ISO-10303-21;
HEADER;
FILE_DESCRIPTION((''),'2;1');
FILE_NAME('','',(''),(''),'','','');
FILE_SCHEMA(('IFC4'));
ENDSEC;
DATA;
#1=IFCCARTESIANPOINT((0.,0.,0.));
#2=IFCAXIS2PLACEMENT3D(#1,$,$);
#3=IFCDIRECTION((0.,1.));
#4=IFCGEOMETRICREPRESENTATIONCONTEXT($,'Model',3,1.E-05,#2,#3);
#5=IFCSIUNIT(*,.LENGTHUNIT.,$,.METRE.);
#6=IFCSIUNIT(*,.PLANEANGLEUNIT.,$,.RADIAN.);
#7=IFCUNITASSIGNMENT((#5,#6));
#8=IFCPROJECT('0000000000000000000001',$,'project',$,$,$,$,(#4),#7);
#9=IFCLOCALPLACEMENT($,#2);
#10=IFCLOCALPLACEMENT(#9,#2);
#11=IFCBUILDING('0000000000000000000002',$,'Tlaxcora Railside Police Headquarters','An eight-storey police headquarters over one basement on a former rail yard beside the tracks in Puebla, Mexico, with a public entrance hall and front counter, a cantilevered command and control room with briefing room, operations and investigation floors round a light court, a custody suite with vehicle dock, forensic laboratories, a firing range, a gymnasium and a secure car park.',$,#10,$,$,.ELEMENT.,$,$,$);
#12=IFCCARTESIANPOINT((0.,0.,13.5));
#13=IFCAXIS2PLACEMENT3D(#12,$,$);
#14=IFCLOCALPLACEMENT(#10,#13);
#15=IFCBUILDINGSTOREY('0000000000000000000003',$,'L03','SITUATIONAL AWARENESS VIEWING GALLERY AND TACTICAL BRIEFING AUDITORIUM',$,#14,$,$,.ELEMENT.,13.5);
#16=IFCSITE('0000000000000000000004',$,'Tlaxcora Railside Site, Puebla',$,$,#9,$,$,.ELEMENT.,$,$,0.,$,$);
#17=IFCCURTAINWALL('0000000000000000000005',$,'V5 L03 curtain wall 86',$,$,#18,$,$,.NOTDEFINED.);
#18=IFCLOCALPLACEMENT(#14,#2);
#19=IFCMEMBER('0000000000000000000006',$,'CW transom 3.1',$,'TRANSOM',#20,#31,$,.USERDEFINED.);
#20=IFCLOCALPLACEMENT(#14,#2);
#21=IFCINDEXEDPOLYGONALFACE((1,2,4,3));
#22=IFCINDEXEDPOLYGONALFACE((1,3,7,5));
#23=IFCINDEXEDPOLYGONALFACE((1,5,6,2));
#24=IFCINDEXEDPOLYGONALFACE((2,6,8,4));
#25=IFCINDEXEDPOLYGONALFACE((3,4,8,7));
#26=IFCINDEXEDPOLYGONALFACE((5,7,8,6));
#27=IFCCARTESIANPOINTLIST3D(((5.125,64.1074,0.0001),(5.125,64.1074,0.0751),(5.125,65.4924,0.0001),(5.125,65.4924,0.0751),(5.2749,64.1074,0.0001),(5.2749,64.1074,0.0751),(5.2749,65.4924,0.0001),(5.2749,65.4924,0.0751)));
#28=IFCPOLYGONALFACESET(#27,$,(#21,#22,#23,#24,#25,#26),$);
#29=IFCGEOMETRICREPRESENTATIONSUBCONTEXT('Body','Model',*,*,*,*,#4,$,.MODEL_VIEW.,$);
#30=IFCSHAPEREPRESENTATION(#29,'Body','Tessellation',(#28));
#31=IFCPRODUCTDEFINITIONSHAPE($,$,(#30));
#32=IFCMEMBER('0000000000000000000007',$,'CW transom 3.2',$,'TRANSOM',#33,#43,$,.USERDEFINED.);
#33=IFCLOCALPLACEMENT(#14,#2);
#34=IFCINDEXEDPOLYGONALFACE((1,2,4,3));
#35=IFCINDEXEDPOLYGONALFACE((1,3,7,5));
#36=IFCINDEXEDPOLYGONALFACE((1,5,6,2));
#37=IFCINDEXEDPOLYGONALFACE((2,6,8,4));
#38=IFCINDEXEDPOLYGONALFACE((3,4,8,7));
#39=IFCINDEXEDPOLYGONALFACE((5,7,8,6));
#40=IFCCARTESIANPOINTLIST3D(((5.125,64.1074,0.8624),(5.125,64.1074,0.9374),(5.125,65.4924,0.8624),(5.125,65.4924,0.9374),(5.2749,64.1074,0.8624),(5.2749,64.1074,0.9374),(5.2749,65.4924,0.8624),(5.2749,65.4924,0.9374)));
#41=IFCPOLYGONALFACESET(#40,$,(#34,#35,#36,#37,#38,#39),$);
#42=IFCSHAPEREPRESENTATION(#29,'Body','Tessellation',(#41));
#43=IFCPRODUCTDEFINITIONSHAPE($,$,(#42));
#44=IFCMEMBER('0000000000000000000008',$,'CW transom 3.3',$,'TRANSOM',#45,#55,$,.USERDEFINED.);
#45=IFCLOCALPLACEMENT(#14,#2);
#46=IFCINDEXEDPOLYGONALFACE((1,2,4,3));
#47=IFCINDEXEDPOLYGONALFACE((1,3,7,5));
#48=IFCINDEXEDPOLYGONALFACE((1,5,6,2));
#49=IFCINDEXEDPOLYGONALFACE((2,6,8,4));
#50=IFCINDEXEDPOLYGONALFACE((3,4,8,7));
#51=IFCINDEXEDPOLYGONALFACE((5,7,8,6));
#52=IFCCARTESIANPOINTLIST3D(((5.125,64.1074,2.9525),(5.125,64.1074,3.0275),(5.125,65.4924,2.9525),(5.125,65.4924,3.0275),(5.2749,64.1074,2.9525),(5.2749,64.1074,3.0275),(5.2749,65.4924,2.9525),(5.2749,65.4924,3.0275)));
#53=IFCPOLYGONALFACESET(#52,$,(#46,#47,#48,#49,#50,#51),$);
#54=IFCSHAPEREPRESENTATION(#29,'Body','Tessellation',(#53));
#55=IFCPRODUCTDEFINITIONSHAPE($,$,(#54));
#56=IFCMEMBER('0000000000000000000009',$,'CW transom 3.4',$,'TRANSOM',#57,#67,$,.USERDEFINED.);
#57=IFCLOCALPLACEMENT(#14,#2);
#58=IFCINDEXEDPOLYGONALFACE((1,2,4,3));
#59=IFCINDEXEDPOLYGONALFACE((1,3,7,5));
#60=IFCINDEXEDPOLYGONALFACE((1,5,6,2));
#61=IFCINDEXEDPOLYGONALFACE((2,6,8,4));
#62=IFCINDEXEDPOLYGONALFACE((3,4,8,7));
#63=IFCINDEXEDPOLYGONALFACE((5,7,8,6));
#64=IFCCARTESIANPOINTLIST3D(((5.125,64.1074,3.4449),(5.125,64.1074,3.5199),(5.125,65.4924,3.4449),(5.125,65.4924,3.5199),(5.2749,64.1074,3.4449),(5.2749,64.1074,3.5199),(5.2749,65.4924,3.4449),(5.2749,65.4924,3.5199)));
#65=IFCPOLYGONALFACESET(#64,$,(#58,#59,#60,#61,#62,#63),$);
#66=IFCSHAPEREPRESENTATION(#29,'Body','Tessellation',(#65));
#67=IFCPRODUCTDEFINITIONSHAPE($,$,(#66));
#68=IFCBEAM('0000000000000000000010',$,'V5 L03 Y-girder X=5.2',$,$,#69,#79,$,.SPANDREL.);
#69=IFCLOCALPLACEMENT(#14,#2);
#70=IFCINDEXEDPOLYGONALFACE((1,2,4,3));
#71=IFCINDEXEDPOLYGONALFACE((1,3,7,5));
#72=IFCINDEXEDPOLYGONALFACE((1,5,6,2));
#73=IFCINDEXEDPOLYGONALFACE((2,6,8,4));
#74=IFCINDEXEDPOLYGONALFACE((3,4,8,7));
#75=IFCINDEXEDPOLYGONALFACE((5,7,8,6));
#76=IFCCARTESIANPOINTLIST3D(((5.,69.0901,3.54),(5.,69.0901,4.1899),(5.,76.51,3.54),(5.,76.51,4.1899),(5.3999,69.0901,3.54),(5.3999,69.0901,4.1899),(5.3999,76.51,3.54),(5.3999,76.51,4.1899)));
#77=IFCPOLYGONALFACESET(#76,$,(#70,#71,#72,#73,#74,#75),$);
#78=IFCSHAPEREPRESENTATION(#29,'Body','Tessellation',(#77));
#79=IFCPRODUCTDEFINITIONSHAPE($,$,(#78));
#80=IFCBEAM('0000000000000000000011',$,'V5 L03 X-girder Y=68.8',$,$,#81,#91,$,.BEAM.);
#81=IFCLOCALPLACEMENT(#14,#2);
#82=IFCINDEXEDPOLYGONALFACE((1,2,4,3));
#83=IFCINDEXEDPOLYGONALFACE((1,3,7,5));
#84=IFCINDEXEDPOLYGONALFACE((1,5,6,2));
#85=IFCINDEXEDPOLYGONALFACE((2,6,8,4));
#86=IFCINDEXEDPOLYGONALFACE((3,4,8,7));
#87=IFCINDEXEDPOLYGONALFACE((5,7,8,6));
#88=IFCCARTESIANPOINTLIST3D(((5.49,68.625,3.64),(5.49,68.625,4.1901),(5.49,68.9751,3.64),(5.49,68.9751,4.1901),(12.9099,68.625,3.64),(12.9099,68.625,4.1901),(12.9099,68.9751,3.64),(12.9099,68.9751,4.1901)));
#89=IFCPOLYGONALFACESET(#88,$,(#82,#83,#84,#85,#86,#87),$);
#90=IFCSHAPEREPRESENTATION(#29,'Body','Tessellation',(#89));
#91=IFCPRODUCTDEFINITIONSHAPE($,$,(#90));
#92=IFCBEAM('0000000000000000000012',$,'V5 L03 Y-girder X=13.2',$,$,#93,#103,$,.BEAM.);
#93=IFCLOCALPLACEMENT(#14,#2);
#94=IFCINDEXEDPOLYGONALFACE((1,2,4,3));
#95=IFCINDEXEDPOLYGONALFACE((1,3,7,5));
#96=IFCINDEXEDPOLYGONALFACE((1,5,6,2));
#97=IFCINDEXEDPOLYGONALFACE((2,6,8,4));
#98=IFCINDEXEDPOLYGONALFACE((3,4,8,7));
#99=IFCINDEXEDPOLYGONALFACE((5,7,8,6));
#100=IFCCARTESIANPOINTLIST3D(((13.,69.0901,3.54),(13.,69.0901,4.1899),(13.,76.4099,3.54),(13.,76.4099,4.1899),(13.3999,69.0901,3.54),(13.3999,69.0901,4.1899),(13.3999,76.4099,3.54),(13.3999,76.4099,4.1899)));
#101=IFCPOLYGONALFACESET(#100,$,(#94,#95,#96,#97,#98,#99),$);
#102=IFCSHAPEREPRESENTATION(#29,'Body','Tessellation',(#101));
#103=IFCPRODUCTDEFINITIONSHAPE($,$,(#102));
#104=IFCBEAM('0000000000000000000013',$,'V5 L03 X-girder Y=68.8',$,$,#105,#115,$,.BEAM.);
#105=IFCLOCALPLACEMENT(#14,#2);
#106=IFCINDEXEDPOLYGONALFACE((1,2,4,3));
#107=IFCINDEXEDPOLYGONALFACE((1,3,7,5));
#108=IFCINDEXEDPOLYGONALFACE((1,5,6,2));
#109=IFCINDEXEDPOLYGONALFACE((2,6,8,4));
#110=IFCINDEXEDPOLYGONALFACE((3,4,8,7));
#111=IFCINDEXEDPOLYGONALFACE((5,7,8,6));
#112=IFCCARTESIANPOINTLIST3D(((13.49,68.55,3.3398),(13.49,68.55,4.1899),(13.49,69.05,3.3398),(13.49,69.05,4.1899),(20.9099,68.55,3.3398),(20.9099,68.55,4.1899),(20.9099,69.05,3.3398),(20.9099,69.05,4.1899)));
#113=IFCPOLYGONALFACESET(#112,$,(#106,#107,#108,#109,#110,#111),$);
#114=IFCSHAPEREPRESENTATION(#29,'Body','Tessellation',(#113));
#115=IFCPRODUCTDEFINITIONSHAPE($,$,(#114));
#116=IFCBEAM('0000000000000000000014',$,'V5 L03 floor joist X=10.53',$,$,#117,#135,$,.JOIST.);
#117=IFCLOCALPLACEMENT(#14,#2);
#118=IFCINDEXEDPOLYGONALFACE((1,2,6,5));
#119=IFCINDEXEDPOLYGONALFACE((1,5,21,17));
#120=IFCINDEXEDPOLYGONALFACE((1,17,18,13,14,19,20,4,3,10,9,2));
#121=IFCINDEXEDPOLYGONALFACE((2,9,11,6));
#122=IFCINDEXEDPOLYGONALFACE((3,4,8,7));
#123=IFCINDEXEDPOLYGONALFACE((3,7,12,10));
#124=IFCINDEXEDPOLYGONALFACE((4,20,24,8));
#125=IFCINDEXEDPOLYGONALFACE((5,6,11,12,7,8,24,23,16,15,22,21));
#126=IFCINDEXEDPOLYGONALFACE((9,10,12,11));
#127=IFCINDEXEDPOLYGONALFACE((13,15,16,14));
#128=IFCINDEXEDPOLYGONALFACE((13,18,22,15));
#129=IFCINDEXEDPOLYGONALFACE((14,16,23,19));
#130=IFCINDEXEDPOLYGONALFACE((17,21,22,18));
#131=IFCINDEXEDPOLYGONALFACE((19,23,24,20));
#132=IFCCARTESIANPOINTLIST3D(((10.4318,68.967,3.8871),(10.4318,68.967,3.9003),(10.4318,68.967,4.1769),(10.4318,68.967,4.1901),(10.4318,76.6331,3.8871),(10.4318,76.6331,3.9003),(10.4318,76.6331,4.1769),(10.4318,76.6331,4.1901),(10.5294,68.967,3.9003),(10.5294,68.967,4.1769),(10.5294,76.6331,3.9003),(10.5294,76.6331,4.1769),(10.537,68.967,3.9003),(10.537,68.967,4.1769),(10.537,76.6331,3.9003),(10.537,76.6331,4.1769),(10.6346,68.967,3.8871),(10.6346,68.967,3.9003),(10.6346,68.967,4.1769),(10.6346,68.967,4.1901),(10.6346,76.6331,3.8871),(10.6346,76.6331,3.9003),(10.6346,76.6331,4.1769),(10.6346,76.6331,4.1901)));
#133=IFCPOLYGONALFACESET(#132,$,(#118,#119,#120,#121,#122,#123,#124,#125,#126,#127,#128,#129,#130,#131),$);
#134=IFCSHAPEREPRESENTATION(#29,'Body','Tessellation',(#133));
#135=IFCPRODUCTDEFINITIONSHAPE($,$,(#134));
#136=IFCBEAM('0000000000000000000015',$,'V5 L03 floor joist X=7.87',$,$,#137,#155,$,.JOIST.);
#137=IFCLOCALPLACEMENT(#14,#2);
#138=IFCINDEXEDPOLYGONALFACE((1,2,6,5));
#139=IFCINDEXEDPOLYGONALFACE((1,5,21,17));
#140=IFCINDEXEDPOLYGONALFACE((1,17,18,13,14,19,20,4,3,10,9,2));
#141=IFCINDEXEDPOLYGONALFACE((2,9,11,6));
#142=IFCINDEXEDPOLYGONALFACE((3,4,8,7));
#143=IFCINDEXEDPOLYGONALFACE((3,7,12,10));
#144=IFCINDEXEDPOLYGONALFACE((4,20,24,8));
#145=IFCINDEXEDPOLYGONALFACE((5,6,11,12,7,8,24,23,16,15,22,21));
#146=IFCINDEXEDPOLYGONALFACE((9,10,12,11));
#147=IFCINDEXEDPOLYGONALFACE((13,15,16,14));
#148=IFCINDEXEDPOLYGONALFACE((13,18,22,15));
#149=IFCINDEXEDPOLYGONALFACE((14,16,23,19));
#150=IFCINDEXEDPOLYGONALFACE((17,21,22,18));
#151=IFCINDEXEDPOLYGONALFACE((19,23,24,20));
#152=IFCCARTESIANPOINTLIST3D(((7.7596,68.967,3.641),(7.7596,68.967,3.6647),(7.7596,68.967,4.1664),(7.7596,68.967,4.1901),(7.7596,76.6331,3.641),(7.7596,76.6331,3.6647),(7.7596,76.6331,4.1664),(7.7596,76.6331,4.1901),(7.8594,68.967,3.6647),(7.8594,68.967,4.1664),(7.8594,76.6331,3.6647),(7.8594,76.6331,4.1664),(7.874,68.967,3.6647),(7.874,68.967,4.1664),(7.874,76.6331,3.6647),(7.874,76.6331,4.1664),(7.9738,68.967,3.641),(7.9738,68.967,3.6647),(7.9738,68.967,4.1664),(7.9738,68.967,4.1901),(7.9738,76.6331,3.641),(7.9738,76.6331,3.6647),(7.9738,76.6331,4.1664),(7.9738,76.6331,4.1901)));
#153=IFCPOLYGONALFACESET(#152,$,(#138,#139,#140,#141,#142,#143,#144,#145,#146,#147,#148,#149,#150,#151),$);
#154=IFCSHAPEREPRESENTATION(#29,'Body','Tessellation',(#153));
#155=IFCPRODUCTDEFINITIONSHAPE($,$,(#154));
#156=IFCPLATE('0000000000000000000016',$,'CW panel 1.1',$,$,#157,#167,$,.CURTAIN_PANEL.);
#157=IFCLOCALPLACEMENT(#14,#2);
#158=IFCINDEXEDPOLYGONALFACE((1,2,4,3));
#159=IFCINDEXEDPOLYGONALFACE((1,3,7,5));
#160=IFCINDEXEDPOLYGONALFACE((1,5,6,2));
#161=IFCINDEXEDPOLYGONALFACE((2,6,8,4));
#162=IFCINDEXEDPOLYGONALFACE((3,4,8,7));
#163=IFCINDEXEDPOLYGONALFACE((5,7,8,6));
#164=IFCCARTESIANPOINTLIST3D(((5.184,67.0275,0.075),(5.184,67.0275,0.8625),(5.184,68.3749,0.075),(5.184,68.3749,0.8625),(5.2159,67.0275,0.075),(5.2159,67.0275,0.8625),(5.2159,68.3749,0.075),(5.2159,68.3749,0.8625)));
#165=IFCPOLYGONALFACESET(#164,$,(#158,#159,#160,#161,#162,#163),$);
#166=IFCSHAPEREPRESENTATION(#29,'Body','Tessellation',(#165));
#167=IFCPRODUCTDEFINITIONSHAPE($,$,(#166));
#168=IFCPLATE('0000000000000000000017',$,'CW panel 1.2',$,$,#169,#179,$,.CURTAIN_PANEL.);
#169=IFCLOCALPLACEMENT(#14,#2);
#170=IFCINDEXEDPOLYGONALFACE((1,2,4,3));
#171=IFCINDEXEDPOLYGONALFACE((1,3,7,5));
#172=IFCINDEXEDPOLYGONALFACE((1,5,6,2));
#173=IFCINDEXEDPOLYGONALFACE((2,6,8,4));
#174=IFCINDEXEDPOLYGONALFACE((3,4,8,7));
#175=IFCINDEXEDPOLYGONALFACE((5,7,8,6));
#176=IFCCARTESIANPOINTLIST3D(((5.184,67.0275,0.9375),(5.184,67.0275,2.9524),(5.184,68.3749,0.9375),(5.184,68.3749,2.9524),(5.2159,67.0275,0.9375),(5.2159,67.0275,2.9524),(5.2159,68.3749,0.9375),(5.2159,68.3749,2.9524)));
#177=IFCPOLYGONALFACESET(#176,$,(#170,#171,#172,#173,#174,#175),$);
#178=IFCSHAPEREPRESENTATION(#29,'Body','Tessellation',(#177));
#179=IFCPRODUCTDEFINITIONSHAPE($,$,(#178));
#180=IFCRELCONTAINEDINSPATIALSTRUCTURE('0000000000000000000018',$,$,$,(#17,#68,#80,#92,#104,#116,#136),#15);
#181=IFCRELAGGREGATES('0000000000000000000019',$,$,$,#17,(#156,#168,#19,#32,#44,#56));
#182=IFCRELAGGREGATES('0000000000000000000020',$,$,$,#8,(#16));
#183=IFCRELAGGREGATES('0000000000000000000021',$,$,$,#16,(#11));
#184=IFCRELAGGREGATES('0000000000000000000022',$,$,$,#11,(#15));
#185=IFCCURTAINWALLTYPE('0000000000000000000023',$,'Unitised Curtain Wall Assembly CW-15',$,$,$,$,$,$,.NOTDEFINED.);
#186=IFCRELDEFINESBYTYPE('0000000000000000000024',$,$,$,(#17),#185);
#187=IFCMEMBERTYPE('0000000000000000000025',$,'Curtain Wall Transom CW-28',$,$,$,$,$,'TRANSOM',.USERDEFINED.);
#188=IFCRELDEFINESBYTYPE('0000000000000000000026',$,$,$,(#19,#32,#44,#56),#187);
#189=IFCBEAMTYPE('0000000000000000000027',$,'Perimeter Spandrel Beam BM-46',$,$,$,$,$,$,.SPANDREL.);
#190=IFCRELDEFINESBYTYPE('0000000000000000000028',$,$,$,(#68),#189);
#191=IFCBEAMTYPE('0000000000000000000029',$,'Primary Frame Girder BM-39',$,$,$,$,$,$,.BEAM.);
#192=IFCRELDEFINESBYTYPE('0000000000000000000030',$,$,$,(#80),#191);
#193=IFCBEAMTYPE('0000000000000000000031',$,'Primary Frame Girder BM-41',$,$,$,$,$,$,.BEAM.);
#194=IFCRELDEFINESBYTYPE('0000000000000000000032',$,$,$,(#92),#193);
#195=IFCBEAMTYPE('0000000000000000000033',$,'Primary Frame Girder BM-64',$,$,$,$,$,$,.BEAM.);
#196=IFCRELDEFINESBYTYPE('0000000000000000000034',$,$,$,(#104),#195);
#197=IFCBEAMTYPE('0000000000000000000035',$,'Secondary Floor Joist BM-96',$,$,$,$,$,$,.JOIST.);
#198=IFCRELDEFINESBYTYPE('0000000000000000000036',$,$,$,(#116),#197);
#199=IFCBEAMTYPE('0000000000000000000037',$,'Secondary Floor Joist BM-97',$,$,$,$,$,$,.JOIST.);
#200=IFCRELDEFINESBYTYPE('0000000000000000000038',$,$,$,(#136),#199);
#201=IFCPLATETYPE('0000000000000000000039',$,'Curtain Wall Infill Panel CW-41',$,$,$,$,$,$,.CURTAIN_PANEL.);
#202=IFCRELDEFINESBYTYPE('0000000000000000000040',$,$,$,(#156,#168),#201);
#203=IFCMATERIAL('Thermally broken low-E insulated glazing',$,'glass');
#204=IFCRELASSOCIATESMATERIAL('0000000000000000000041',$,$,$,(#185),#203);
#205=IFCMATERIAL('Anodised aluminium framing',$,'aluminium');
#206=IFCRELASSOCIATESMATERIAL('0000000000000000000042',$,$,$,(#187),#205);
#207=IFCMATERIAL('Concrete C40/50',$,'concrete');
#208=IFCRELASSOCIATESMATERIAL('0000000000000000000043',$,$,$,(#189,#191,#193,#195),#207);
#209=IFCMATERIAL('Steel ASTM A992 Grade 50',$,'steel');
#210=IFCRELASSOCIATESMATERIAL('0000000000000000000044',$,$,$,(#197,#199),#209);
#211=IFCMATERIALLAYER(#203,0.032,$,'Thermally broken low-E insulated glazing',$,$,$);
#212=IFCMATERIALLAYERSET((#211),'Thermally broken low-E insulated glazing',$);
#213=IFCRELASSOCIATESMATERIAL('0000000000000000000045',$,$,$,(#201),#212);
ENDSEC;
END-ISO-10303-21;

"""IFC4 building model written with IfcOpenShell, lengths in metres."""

from ifc_helpers import new_model, si_unit, direction, frame, origin, origin_2d, place, context, subcontext, project, spatial, rectangle, i_section, extrude, material, layer, layer_set, material_profile, profile_set, type_object, element, aggregate, save


model = new_model("IFC4")

# Units and contexts
model_context = context("Model", 3, precision=1e-05, world=origin(), true_north=direction((0.0, 1.0)))
body_context = subcontext(model_context, "Body", "Model", "MODEL_VIEW")
ifc_project = project(units=[si_unit("LENGTHUNIT", "METRE"), si_unit("PLANEANGLEUNIT", "RADIAN")], contexts=[model_context])

# Site, building, storey
site_placement = place(None, origin())
site = spatial("IfcSite", under=ifc_project, at=site_placement, Name="Tlaxcora Railside Site, Puebla", CompositionType="ELEMENT", RefElevation=0.0)
building_placement = place(site_placement, origin())
building = spatial("IfcBuilding", under=site, at=building_placement, Name="Tlaxcora Railside Police Headquarters", Description="An eight-storey police headquarters over one basement on a former rail yard beside the tracks in Puebla, Mexico, with a public entrance hall and front counter, a cantilevered command and control room with briefing room, operations and investigation floors round a light court, a custody suite with vehicle dock, forensic laboratories, a firing range, a gymnasium and a secure car park.", CompositionType="ELEMENT")
storey_placement = place(building_placement, frame((0.0, 0.0, 13.5)))
storey = spatial("IfcBuildingStorey", under=building, at=storey_placement, Name="L03", Description="SITUATIONAL AWARENESS VIEWING GALLERY AND TACTICAL BRIEFING AUDITORIUM", CompositionType="ELEMENT", Elevation=13.5)

# Shared definitions
ifc_material_1 = material(Name="Concrete C40/50", Category="concrete")

# Shared definitions
ifc_material_2 = material(Name="Thermally broken low-E insulated glazing", Category="glass")
ifc_material_3 = material(Name="Anodised aluminium framing", Category="aluminium")

# Curtain wall, members
curtain_wall_type_1 = type_object("IfcCurtainWallType", Name="Unitised Curtain Wall Assembly CW-15", PredefinedType="NOTDEFINED", material=ifc_material_2)
curtain_wall_1_placement = place(storey_placement, origin())
curtain_wall_1 = element("IfcCurtainWall", 1, at=curtain_wall_1_placement, inside=storey, type_object=curtain_wall_type_1, Name="V5 L03 curtain wall 86", PredefinedType="NOTDEFINED")
ifc_material_profile_1 = material_profile(ifc_material_3, rectangle(XDim=0.1499, YDim=0.075, at=origin_2d()), Name="AL75X150")
ifc_profile_set_1 = profile_set([ifc_material_profile_1], Name="Anodised aluminium framing")
member_type_1 = type_object("IfcMemberType", Name="Curtain Wall Transom CW-28", ElementType="TRANSOM", PredefinedType="USERDEFINED", material=ifc_profile_set_1)
member_1_placement = place(storey_placement, frame((5.2, 65.4924, 0.0376), z_axis=(0.0, -1.0, 0.0), x_axis=(1.0, 0.0, 0.0)))
member_1 = element("IfcMember", 2, at=member_1_placement, type_object=member_type_1, Name="CW transom 3.1", ObjectType="TRANSOM", PredefinedType="USERDEFINED", context=body_context, shape_type="SweptSolid", body=[
    extrude(rectangle(XDim=0.1499, YDim=0.075, at=origin_2d()), origin(), (0.0, 0.0, 1.0), 1.385),
])
member_2_placement = place(storey_placement, frame((5.2, 65.4924, 0.8999), z_axis=(0.0, -1.0, 0.0), x_axis=(1.0, 0.0, 0.0)))
member_2 = element("IfcMember", 3, at=member_2_placement, type_object=member_type_1, Name="CW transom 3.2", ObjectType="TRANSOM", PredefinedType="USERDEFINED", context=body_context, shape_type="SweptSolid", body=[
    extrude(rectangle(XDim=0.1499, YDim=0.075, at=origin_2d()), origin(), (0.0, 0.0, 1.0), 1.385),
])
member_3_placement = place(storey_placement, frame((5.2, 65.4924, 2.99), z_axis=(0.0, -1.0, 0.0), x_axis=(1.0, 0.0, 0.0)))
member_3 = element("IfcMember", 4, at=member_3_placement, type_object=member_type_1, Name="CW transom 3.3", ObjectType="TRANSOM", PredefinedType="USERDEFINED", context=body_context, shape_type="SweptSolid", body=[
    extrude(rectangle(XDim=0.1499, YDim=0.075, at=origin_2d()), origin(), (0.0, 0.0, 1.0), 1.385),
])
member_4_placement = place(storey_placement, frame((5.2, 65.4924, 3.4824), z_axis=(0.0, -1.0, 0.0), x_axis=(1.0, 0.0, 0.0)))
member_4 = element("IfcMember", 5, at=member_4_placement, type_object=member_type_1, Name="CW transom 3.4", ObjectType="TRANSOM", PredefinedType="USERDEFINED", context=body_context, shape_type="SweptSolid", body=[
    extrude(rectangle(XDim=0.1499, YDim=0.075, at=origin_2d()), origin(), (0.0, 0.0, 1.0), 1.385),
])

# Beams
ifc_material_profile_2 = material_profile(ifc_material_1, rectangle(XDim=0.3999, YDim=0.6499, at=origin_2d()), Name="RC400X650")
ifc_profile_set_2 = profile_set([ifc_material_profile_2], Name="Concrete C40/50")
beam_type_1 = type_object("IfcBeamType", Name="Perimeter Spandrel Beam BM-46", PredefinedType="SPANDREL", material=ifc_profile_set_2)
beam_1_placement = place(storey_placement, frame((5.2, 69.0901, 3.865), z_axis=(0.0, 1.0, 0.0), x_axis=(-1.0, 0.0, 0.0)))
element("IfcBeam", 6, at=beam_1_placement, inside=storey, type_object=beam_type_1, Name="V5 L03 Y-girder X=5.2", PredefinedType="SPANDREL", context=body_context, shape_type="SweptSolid", body=[
    extrude(rectangle(XDim=0.3999, YDim=0.6499, at=origin_2d()), origin(), (0.0, 0.0, 1.0), 7.4199),
])
ifc_material_profile_3 = material_profile(ifc_material_1, rectangle(XDim=0.3501, YDim=0.55, at=origin_2d()), Name="RC350X550")
ifc_profile_set_3 = profile_set([ifc_material_profile_3], Name="Concrete C40/50")
beam_type_2 = type_object("IfcBeamType", Name="Primary Frame Girder BM-39", PredefinedType="BEAM", material=ifc_profile_set_3)
beam_2_placement = place(storey_placement, frame((5.49, 68.8, 3.915), z_axis=(1.0, 0.0, 0.0), x_axis=(0.0, 1.0, 0.0)))
element("IfcBeam", 7, at=beam_2_placement, inside=storey, type_object=beam_type_2, Name="V5 L03 X-girder Y=68.8", PredefinedType="BEAM", context=body_context, shape_type="SweptSolid", body=[
    extrude(rectangle(XDim=0.3501, YDim=0.55, at=origin_2d()), origin(), (0.0, 0.0, 1.0), 7.4199),
])
ifc_material_profile_4 = material_profile(ifc_material_1, rectangle(XDim=0.3999, YDim=0.6499, at=origin_2d()), Name="RC400X650")
ifc_profile_set_4 = profile_set([ifc_material_profile_4], Name="Concrete C40/50")
beam_type_3 = type_object("IfcBeamType", Name="Primary Frame Girder BM-41", PredefinedType="BEAM", material=ifc_profile_set_4)
beam_3_placement = place(storey_placement, frame((13.2, 69.0901, 3.865), z_axis=(0.0, 1.0, 0.0), x_axis=(-1.0, 0.0, 0.0)))
element("IfcBeam", 8, at=beam_3_placement, inside=storey, type_object=beam_type_3, Name="V5 L03 Y-girder X=13.2", PredefinedType="BEAM", context=body_context, shape_type="SweptSolid", body=[
    extrude(rectangle(XDim=0.3999, YDim=0.6499, at=origin_2d()), origin(), (0.0, 0.0, 1.0), 7.3198),
])
ifc_material_profile_5 = material_profile(ifc_material_1, rectangle(XDim=0.5, YDim=0.8501, at=origin_2d()), Name="RC500X850")
ifc_profile_set_5 = profile_set([ifc_material_profile_5], Name="Concrete C40/50")
beam_type_4 = type_object("IfcBeamType", Name="Primary Frame Girder BM-64", PredefinedType="BEAM", material=ifc_profile_set_5)
beam_4_placement = place(storey_placement, frame((13.49, 68.8, 3.7649), z_axis=(1.0, 0.0, 0.0), x_axis=(0.0, 1.0, 0.0)))
element("IfcBeam", 9, at=beam_4_placement, inside=storey, type_object=beam_type_4, Name="V5 L03 X-girder Y=68.8", PredefinedType="BEAM", context=body_context, shape_type="SweptSolid", body=[
    extrude(rectangle(XDim=0.5, YDim=0.8501, at=origin_2d()), origin(), (0.0, 0.0, 1.0), 7.4199),
])
ifc_material_4 = material(Name="Steel ASTM A992 Grade 50", Category="steel")
ifc_material_profile_6 = material_profile(ifc_material_4, i_section(OverallWidth=0.2029, OverallDepth=0.303, WebThickness=0.0076, FlangeThickness=0.0132, at=origin_2d()), Name="W12X40")
ifc_profile_set_6 = profile_set([ifc_material_profile_6], Name="Steel ASTM A992 Grade 50")
beam_type_5 = type_object("IfcBeamType", Name="Secondary Floor Joist BM-96", PredefinedType="JOIST", material=ifc_profile_set_6)
beam_5_placement = place(storey_placement, frame((10.5332, 68.967, 4.0386), z_axis=(0.0, 1.0, 0.0), x_axis=(-1.0, 0.0, 0.0)))
element("IfcBeam", 10, at=beam_5_placement, inside=storey, type_object=beam_type_5, Name="V5 L03 floor joist X=10.53", PredefinedType="JOIST", context=body_context, shape_type="SweptSolid", body=[
    extrude(i_section(OverallWidth=0.2029, OverallDepth=0.303, WebThickness=0.0076, FlangeThickness=0.0132, at=origin_2d()), origin(), (0.0, 0.0, 1.0), 7.666),
])
ifc_material_profile_7 = material_profile(ifc_material_4, i_section(OverallWidth=0.2141, OverallDepth=0.5491, WebThickness=0.0146, FlangeThickness=0.0237, at=origin_2d()), Name="W21X93")
ifc_profile_set_7 = profile_set([ifc_material_profile_7], Name="Steel ASTM A992 Grade 50")
beam_type_6 = type_object("IfcBeamType", Name="Secondary Floor Joist BM-97", PredefinedType="JOIST", material=ifc_profile_set_7)
beam_6_placement = place(storey_placement, frame((7.8667, 68.967, 3.9155), z_axis=(0.0, 1.0, 0.0), x_axis=(-1.0, 0.0, 0.0)))
element("IfcBeam", 11, at=beam_6_placement, inside=storey, type_object=beam_type_6, Name="V5 L03 floor joist X=7.87", PredefinedType="JOIST", context=body_context, shape_type="SweptSolid", body=[
    extrude(i_section(OverallWidth=0.2141, OverallDepth=0.5491, WebThickness=0.0146, FlangeThickness=0.0237, at=origin_2d()), origin(), (0.0, 0.0, 1.0), 7.666),
])

# Plates
ifc_layer_1 = layer(ifc_material_2, 0.032, Name="Thermally broken low-E insulated glazing")
ifc_layer_set_1 = layer_set([ifc_layer_1], Name="Thermally broken low-E insulated glazing")
plate_type_1 = type_object("IfcPlateType", Name="Curtain Wall Infill Panel CW-41", PredefinedType="CURTAIN_PANEL", material=ifc_layer_set_1)
plate_1_placement = place(storey_placement, frame((5.2, 67.7012, 0.075), z_axis=(0.0, 0.0, 1.0), x_axis=(0.0, -1.0, 0.0)))
plate_1 = element("IfcPlate", 12, at=plate_1_placement, type_object=plate_type_1, Name="CW panel 1.1", PredefinedType="CURTAIN_PANEL", context=body_context, shape_type="SweptSolid", body=[
    extrude(rectangle(XDim=1.3474, YDim=0.032, at=origin_2d()), origin(), (0.0, 0.0, 1.0), 0.7876),
])
plate_2_placement = place(storey_placement, frame((5.2, 67.7012, 0.9375), z_axis=(0.0, 0.0, 1.0), x_axis=(0.0, -1.0, 0.0)))
plate_2 = element("IfcPlate", 13, at=plate_2_placement, type_object=plate_type_1, Name="CW panel 1.2", PredefinedType="CURTAIN_PANEL", context=body_context, shape_type="SweptSolid", body=[
    extrude(rectangle(XDim=1.3474, YDim=0.032, at=origin_2d()), origin(), (0.0, 0.0, 1.0), 2.0149),
])
aggregate(curtain_wall_1, [plate_1, plate_2, member_1, member_2, member_3, member_4])

save(model, "model.ifc")
